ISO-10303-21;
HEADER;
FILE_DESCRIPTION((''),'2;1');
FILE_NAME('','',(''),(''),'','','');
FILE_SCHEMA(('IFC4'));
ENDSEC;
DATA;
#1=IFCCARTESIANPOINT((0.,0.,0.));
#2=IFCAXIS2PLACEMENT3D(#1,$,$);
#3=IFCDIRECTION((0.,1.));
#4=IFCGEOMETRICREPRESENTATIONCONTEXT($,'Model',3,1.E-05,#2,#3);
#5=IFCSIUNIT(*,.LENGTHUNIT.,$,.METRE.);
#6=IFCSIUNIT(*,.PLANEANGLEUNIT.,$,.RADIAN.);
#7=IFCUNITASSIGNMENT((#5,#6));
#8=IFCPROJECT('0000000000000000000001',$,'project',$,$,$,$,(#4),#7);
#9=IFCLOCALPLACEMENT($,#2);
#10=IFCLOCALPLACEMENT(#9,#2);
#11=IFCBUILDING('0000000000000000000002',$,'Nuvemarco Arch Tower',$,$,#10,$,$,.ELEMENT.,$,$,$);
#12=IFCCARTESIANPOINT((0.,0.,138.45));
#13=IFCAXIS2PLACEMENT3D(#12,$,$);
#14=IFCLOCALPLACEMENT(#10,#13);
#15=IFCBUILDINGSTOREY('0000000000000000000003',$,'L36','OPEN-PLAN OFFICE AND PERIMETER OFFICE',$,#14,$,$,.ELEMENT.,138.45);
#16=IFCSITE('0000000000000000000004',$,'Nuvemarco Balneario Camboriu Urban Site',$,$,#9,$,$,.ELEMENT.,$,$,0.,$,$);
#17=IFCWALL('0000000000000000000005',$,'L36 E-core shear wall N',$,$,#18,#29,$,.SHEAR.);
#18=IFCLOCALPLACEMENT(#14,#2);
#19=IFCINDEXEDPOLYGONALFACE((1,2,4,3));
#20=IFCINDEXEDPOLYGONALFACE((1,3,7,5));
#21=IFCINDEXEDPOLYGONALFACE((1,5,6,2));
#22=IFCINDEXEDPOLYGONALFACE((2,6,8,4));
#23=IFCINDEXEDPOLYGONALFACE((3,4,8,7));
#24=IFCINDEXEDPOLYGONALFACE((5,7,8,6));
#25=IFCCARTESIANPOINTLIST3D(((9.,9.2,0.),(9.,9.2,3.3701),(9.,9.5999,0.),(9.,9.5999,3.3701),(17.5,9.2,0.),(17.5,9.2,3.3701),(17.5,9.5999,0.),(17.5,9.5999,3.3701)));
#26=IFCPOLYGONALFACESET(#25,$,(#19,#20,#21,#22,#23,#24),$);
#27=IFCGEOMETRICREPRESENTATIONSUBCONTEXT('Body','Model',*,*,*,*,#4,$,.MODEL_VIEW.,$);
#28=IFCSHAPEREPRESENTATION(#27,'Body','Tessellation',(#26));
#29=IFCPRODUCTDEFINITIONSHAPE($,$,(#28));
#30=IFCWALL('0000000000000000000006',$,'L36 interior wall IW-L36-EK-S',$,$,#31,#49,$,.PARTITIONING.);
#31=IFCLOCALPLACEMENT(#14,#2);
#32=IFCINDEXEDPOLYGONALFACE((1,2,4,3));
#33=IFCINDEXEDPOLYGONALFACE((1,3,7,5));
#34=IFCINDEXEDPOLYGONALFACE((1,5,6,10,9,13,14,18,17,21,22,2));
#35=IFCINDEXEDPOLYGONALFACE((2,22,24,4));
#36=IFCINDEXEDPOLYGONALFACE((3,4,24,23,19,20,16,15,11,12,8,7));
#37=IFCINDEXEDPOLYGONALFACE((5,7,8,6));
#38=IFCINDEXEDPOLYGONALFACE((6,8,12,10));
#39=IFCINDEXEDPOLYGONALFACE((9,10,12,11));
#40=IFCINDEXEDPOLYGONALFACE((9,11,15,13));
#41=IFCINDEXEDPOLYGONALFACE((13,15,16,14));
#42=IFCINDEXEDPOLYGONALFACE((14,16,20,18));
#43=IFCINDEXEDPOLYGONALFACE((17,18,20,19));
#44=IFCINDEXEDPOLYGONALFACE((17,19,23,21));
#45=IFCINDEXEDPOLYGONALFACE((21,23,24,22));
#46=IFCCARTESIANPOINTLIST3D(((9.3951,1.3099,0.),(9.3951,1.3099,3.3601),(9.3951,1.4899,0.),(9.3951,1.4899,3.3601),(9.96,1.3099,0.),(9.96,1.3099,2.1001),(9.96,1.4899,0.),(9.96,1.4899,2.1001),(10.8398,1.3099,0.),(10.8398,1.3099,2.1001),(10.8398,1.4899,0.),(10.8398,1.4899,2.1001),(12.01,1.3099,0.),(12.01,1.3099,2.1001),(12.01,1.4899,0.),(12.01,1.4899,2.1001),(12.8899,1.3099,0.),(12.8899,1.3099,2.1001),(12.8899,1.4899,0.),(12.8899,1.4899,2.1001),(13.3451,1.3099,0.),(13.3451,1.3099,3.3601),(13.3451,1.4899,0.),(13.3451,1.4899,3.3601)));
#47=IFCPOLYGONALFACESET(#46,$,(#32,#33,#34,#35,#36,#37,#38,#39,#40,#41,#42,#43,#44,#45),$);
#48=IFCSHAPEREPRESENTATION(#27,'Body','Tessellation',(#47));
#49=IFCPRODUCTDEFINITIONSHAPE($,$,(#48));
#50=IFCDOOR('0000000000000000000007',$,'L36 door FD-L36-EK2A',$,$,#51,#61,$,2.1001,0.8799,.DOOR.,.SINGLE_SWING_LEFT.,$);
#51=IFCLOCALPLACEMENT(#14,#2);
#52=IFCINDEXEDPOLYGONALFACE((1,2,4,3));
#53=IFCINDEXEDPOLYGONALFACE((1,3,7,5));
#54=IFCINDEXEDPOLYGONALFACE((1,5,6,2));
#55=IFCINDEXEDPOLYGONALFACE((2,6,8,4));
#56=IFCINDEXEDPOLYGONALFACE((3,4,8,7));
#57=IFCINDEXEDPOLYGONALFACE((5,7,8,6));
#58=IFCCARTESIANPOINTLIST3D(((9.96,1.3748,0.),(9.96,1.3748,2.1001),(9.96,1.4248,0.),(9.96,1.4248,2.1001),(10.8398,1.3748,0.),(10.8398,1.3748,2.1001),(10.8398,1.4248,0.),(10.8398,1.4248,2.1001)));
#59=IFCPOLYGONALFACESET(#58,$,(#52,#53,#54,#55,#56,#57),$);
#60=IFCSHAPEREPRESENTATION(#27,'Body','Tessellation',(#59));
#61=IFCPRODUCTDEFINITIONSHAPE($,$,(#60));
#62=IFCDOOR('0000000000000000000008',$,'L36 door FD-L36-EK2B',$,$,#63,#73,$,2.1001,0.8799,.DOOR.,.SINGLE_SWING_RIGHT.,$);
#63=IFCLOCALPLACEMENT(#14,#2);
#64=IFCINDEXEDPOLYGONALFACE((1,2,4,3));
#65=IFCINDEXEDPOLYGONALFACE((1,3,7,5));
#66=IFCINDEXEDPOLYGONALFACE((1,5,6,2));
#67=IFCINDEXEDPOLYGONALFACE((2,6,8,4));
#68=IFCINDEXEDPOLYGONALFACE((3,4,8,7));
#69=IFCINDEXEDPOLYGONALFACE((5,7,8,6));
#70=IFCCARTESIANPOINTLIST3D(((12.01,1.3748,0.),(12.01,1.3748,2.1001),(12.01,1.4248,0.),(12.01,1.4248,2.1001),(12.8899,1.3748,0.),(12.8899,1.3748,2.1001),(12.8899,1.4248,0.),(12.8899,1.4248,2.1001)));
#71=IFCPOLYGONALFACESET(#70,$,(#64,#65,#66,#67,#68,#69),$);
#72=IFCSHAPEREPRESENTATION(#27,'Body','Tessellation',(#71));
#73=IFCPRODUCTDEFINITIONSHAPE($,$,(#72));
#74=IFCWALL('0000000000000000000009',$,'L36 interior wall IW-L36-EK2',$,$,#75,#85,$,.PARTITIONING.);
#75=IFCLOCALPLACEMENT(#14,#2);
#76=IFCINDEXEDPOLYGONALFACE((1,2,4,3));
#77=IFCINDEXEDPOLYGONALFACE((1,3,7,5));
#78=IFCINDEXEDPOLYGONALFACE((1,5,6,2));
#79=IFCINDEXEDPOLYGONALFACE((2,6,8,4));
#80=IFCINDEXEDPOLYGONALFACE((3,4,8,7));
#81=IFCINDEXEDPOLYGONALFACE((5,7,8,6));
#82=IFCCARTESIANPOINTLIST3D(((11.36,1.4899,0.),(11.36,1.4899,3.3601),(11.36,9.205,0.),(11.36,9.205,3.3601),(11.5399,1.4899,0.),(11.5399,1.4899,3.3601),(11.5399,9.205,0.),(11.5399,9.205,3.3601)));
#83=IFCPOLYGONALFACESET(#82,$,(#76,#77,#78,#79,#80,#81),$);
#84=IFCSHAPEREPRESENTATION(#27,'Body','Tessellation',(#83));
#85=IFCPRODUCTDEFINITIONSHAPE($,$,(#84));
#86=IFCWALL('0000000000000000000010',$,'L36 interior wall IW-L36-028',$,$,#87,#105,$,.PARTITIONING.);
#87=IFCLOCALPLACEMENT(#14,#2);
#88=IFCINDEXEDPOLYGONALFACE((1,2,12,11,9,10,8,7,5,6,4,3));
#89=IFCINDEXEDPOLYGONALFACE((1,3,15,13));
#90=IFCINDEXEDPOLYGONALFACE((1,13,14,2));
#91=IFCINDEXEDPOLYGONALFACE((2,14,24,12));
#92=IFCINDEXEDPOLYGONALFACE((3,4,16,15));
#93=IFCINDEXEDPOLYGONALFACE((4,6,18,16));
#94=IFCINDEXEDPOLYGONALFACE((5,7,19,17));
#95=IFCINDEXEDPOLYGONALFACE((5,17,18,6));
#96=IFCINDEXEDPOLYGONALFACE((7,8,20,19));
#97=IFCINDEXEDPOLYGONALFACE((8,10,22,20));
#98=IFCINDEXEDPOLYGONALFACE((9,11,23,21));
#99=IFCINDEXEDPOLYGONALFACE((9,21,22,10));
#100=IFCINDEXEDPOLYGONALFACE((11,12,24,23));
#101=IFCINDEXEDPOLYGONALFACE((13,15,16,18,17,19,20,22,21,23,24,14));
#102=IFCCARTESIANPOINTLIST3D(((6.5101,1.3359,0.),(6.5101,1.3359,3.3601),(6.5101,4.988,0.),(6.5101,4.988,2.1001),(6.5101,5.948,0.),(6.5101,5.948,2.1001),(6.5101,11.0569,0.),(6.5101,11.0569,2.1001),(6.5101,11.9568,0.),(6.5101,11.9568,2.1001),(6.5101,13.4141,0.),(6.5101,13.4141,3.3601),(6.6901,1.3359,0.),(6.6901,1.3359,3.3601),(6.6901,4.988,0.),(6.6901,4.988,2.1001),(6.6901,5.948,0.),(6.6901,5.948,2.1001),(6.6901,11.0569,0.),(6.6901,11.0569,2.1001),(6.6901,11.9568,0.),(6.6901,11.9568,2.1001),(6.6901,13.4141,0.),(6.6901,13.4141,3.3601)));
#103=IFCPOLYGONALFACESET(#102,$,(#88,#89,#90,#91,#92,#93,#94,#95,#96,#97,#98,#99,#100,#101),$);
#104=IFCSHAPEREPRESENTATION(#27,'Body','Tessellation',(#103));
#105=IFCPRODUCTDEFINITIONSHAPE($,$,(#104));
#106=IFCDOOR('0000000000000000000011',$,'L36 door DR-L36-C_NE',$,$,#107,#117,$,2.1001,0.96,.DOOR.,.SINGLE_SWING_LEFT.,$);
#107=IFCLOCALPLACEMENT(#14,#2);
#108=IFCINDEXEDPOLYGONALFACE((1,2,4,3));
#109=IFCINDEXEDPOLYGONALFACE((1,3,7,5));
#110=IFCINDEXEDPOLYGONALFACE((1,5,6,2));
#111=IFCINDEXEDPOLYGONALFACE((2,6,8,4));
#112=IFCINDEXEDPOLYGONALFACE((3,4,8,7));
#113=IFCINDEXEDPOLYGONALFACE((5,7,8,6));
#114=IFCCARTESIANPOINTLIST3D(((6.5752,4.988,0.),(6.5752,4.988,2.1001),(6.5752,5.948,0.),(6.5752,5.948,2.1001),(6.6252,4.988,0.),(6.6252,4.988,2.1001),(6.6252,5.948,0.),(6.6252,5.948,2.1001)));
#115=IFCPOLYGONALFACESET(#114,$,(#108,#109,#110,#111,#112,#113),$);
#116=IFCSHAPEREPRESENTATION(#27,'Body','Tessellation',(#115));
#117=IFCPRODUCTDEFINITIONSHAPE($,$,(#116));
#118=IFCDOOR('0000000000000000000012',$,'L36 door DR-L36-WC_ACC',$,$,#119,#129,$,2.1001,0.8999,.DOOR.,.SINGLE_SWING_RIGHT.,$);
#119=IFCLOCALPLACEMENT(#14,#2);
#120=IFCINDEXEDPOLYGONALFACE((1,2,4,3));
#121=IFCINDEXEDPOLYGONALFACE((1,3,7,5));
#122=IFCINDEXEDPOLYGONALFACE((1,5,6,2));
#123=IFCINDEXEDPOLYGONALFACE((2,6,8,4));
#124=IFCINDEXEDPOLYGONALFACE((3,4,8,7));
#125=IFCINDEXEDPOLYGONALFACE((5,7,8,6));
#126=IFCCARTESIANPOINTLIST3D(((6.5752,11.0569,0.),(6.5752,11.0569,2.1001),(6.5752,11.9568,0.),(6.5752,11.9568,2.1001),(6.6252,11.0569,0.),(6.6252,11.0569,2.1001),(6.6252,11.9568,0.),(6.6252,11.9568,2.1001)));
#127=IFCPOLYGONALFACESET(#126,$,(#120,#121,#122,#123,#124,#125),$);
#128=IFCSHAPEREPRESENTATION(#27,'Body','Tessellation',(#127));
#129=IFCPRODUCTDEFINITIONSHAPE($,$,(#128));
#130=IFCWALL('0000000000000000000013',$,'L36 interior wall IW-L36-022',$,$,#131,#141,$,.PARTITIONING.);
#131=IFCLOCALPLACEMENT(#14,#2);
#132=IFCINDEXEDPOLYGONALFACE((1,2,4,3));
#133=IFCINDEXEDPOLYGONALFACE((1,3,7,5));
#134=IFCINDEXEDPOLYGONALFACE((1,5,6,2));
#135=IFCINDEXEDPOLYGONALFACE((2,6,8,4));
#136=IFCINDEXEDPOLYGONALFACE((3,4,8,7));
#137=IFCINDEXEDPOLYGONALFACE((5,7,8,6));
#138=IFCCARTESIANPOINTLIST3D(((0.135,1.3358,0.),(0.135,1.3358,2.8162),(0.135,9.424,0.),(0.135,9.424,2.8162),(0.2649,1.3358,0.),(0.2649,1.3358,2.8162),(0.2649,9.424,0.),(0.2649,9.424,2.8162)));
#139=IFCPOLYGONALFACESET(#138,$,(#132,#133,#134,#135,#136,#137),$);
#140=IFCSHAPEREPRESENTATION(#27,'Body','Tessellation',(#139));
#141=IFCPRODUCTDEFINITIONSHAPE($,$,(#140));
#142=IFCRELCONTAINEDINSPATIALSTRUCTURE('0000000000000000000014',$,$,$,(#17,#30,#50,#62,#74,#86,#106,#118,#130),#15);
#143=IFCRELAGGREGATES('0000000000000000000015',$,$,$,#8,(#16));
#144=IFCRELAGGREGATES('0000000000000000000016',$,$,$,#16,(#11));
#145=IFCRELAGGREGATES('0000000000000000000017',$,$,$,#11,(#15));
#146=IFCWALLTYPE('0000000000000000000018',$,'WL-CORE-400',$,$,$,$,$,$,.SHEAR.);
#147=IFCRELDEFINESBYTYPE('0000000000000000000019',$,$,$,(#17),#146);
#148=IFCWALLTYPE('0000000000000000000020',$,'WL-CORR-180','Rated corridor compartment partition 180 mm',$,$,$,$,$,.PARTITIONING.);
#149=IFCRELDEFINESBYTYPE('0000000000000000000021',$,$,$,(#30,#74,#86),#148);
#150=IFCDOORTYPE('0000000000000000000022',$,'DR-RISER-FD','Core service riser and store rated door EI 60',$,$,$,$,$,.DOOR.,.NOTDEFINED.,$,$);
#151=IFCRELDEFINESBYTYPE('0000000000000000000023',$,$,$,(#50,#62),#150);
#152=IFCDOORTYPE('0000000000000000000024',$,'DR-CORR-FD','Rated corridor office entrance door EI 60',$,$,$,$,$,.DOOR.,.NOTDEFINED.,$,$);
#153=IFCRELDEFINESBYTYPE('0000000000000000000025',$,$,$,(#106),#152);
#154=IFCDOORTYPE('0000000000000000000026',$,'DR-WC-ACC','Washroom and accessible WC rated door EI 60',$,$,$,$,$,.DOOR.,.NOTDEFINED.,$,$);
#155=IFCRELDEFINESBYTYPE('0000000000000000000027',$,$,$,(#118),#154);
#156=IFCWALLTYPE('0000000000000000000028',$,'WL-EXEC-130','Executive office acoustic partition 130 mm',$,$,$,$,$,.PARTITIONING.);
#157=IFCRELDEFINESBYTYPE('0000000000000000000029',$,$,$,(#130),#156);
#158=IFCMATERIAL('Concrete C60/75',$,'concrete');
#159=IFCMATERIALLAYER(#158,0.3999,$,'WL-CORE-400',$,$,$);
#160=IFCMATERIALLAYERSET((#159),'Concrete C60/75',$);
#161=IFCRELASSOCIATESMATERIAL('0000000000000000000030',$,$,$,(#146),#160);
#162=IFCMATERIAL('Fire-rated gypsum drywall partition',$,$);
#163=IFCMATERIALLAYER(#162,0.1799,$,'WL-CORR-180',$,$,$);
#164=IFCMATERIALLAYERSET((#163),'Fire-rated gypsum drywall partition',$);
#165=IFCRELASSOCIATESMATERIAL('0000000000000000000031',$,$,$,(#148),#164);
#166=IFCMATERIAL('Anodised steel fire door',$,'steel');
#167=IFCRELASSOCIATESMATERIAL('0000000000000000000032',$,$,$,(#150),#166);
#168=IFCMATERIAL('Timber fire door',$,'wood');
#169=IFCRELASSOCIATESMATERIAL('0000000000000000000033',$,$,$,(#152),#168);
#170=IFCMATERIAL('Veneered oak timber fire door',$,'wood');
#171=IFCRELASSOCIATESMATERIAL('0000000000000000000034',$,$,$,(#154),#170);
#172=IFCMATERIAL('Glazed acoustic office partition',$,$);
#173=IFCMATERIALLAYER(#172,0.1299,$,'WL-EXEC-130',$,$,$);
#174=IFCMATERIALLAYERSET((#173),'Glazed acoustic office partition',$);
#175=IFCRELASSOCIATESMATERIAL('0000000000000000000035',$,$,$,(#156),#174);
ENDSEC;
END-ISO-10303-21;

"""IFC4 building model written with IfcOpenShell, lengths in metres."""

from ifc_helpers import new_model, si_unit, direction, frame, frame_2d, origin, place, context, subcontext, project, spatial, rectangle, extrude, source, transform, mapped, material, layer, layer_set, type_object, type_shapes, element, fill, save


model = new_model("IFC4")

# Units and contexts
model_context = context("Model", 3, precision=1e-05, world=origin(), true_north=direction((0.0, 1.0)))
body_context = subcontext(model_context, "Body", "Model", "MODEL_VIEW")
ifc_project = project(units=[si_unit("LENGTHUNIT", "METRE"), si_unit("PLANEANGLEUNIT", "RADIAN")], contexts=[model_context])

# Site, building, storey
site_placement = place(None, origin())
site = spatial("IfcSite", under=ifc_project, at=site_placement, Name="Nuvemarco Balneario Camboriu Urban Site", CompositionType="ELEMENT", RefElevation=0.0)
building_placement = place(site_placement, origin())
building = spatial("IfcBuilding", under=site, at=building_placement, Name="Nuvemarco Arch Tower", CompositionType="ELEMENT")
storey_placement = place(building_placement, frame((0.0, 0.0, 138.45)))
storey = spatial("IfcBuildingStorey", under=building, at=storey_placement, Name="L36", Description="OPEN-PLAN OFFICE AND PERIMETER OFFICE", CompositionType="ELEMENT", Elevation=138.45)

# Shared definitions
ifc_material_1 = material(Name="Concrete C60/75", Category="concrete")

# Wall
ifc_layer_1 = layer(ifc_material_1, 0.3999, Name="WL-CORE-400")
ifc_layer_set_1 = layer_set([ifc_layer_1], Name="Concrete C60/75")
wall_type_1 = type_object("IfcWallType", Name="WL-CORE-400", PredefinedType="SHEAR", material=ifc_layer_set_1)
wall_1_placement = place(storey_placement, frame((9.0, 9.3999, 0.0), z_axis=(0.0, 0.0, 1.0), x_axis=(1.0, 0.0, 0.0)))
element("IfcWall", 1, at=wall_1_placement, inside=storey, type_object=wall_type_1, Name="L36 E-core shear wall N", PredefinedType="SHEAR", context=body_context, shape_type="SweptSolid", body=[
    extrude(rectangle(XDim=8.5, YDim=0.3999, at=frame_2d((4.25, 0.0))), origin(), (0.0, 0.0, 1.0), 3.3701),
])

# Wall, openings, doors
ifc_material_2 = material(Name="Fire-rated gypsum drywall partition")
ifc_layer_2 = layer(ifc_material_2, 0.1799, Name="WL-CORR-180")
ifc_layer_set_2 = layer_set([ifc_layer_2], Name="Fire-rated gypsum drywall partition")
wall_type_2 = type_object("IfcWallType", Name="WL-CORR-180", Description="Rated corridor compartment partition 180 mm", PredefinedType="PARTITIONING", material=ifc_layer_set_2)
wall_2_placement = place(storey_placement, frame((9.395, 1.3999, 0.0), z_axis=(0.0, 0.0, 1.0), x_axis=(1.0, 0.0, 0.0)))
wall_2 = element("IfcWall", 2, at=wall_2_placement, inside=storey, type_object=wall_type_2, Name="L36 interior wall IW-L36-EK-S", PredefinedType="PARTITIONING", context=body_context, shape_type="SweptSolid", body=[
    extrude(rectangle(XDim=3.95, YDim=0.1799, at=frame_2d((1.9751, 0.0))), origin(), (0.0, 0.0, 1.0), 3.3601),
])
opening_1_placement = place(wall_2_placement, frame((0.5649, 0.0, 0.0)))
opening_1 = element("IfcOpeningElement", 3, at=opening_1_placement, cuts=wall_2, PredefinedType="OPENING", context=body_context, shape_type="SweptSolid", body=[
    extrude(rectangle(XDim=0.8799, YDim=2.1001, at=frame_2d((0.4399, 1.05))), frame((0.0, 0.0999, 0.0), z_axis=(0.0, -1.0, 0.0), x_axis=(1.0, 0.0, 0.0)), (0.0, 0.0, 1.0), 0.2),
])
opening_2_placement = place(wall_2_placement, frame((2.615, 0.0, 0.0)))
opening_2 = element("IfcOpeningElement", 4, at=opening_2_placement, cuts=wall_2, PredefinedType="OPENING", context=body_context, shape_type="SweptSolid", body=[
    extrude(rectangle(XDim=0.8799, YDim=2.1001, at=frame_2d((0.4399, 1.05))), frame((0.0, 0.0999, 0.0), z_axis=(0.0, -1.0, 0.0), x_axis=(1.0, 0.0, 0.0)), (0.0, 0.0, 1.0), 0.2),
])
ifc_material_3 = material(Name="Anodised steel fire door", Category="steel")
door_type_1 = type_object("IfcDoorType", Name="DR-RISER-FD", Description="Core service riser and store rated door EI 60", OperationType="NOTDEFINED", PredefinedType="DOOR", material=ifc_material_3)
shared_shape_1 = source(origin(), body_context, "Body", "SweptSolid", [
    extrude(rectangle(XDim=0.8799, YDim=2.1001, at=frame_2d((0.4399, 1.05))), frame((0.0, 0.0249, 0.0), z_axis=(0.0, -1.0, 0.0), x_axis=(1.0, 0.0, 0.0)), (0.0, 0.0, 1.0), 0.05),
])
type_shapes(door_type_1, [shared_shape_1])
door_1_placement = place(opening_1_placement, origin())
door_1 = element("IfcDoor", 5, at=door_1_placement, inside=storey, type_object=door_type_1, Name="L36 door FD-L36-EK2A", OperationType="SINGLE_SWING_LEFT", OverallHeight=2.1001, OverallWidth=0.8799, PredefinedType="DOOR", context=body_context, shape_type="MappedRepresentation", body=[
    mapped(shared_shape_1, transform((0.0, 0.0, 0.0), scale=1.0)),
])
fill(opening_1, door_1)
door_2_placement = place(opening_2_placement, origin())
door_2 = element("IfcDoor", 6, at=door_2_placement, inside=storey, type_object=door_type_1, Name="L36 door FD-L36-EK2B", OperationType="SINGLE_SWING_RIGHT", OverallHeight=2.1001, OverallWidth=0.8799, PredefinedType="DOOR", context=body_context, shape_type="MappedRepresentation", body=[
    mapped(shared_shape_1, transform((0.0, 0.0, 0.0), scale=1.0)),
])
fill(opening_2, door_2)

# Wall
wall_3_placement = place(storey_placement, frame((11.45, 1.49, 0.0), z_axis=(0.0, 0.0, 1.0), x_axis=(0.0, 1.0, 0.0)))
element("IfcWall", 7, at=wall_3_placement, inside=storey, type_object=wall_type_2, Name="L36 interior wall IW-L36-EK2", PredefinedType="PARTITIONING", context=body_context, shape_type="SweptSolid", body=[
    extrude(rectangle(XDim=7.7151, YDim=0.1799, at=frame_2d((3.8574, 0.0))), origin(), (0.0, 0.0, 1.0), 3.3601),
])

# Wall, openings, doors
wall_4_placement = place(storey_placement, frame((6.6001, 1.3359, 0.0), z_axis=(0.0, 0.0, 1.0), x_axis=(0.0, 1.0, 0.0)))
wall_4 = element("IfcWall", 8, at=wall_4_placement, inside=storey, type_object=wall_type_2, Name="L36 interior wall IW-L36-028", PredefinedType="PARTITIONING", context=body_context, shape_type="SweptSolid", body=[
    extrude(rectangle(XDim=12.0781, YDim=0.1799, at=frame_2d((6.0391, 0.0))), origin(), (0.0, 0.0, 1.0), 3.3601),
])
opening_3_placement = place(wall_4_placement, frame((3.6521, 0.0, 0.0)))
opening_3 = element("IfcOpeningElement", 9, at=opening_3_placement, cuts=wall_4, PredefinedType="OPENING", context=body_context, shape_type="SweptSolid", body=[
    extrude(rectangle(XDim=0.96, YDim=2.1001, at=frame_2d((0.48, 1.05))), frame((0.0, 0.0999, 0.0), z_axis=(0.0, -1.0, 0.0), x_axis=(1.0, 0.0, 0.0)), (0.0, 0.0, 1.0), 0.2),
])
opening_4_placement = place(wall_4_placement, frame((9.7209, 0.0, 0.0)))
opening_4 = element("IfcOpeningElement", 10, at=opening_4_placement, cuts=wall_4, PredefinedType="OPENING", context=body_context, shape_type="SweptSolid", body=[
    extrude(rectangle(XDim=0.8999, YDim=2.1001, at=frame_2d((0.45, 1.05))), frame((0.0, 0.0999, 0.0), z_axis=(0.0, -1.0, 0.0), x_axis=(1.0, 0.0, 0.0)), (0.0, 0.0, 1.0), 0.2),
])
ifc_material_4 = material(Name="Timber fire door", Category="wood")
door_type_2 = type_object("IfcDoorType", Name="DR-CORR-FD", Description="Rated corridor office entrance door EI 60", OperationType="NOTDEFINED", PredefinedType="DOOR", material=ifc_material_4)
shared_shape_2 = source(origin(), body_context, "Body", "SweptSolid", [
    extrude(rectangle(XDim=0.96, YDim=2.1001, at=frame_2d((0.48, 1.05))), frame((0.0, 0.0249, 0.0), z_axis=(0.0, -1.0, 0.0), x_axis=(1.0, 0.0, 0.0)), (0.0, 0.0, 1.0), 0.05),
])
type_shapes(door_type_2, [shared_shape_2])
door_3_placement = place(opening_3_placement, origin())
door_3 = element("IfcDoor", 11, at=door_3_placement, inside=storey, type_object=door_type_2, Name="L36 door DR-L36-C_NE", OperationType="SINGLE_SWING_LEFT", OverallHeight=2.1001, OverallWidth=0.96, PredefinedType="DOOR", context=body_context, shape_type="MappedRepresentation", body=[
    mapped(shared_shape_2, transform((0.0, 0.0, 0.0), scale=1.0)),
])
fill(opening_3, door_3)
ifc_material_5 = material(Name="Veneered oak timber fire door", Category="wood")
door_type_3 = type_object("IfcDoorType", Name="DR-WC-ACC", Description="Washroom and accessible WC rated door EI 60", OperationType="NOTDEFINED", PredefinedType="DOOR", material=ifc_material_5)
shared_shape_3 = source(origin(), body_context, "Body", "SweptSolid", [
    extrude(rectangle(XDim=0.8999, YDim=2.1001, at=frame_2d((0.45, 1.05))), frame((0.0, 0.0249, 0.0), z_axis=(0.0, -1.0, 0.0), x_axis=(1.0, 0.0, 0.0)), (0.0, 0.0, 1.0), 0.05),
])
type_shapes(door_type_3, [shared_shape_3])
door_4_placement = place(opening_4_placement, origin())
door_4 = element("IfcDoor", 12, at=door_4_placement, inside=storey, type_object=door_type_3, Name="L36 door DR-L36-WC_ACC", OperationType="SINGLE_SWING_RIGHT", OverallHeight=2.1001, OverallWidth=0.8999, PredefinedType="DOOR", context=body_context, shape_type="MappedRepresentation", body=[
    mapped(shared_shape_3, transform((0.0, 0.0, 0.0), scale=1.0)),
])
fill(opening_4, door_4)

# Wall
ifc_material_6 = material(Name="Glazed acoustic office partition")
ifc_layer_3 = layer(ifc_material_6, 0.1299, Name="WL-EXEC-130")
ifc_layer_set_3 = layer_set([ifc_layer_3], Name="Glazed acoustic office partition")
wall_type_3 = type_object("IfcWallType", Name="WL-EXEC-130", Description="Executive office acoustic partition 130 mm", PredefinedType="PARTITIONING", material=ifc_layer_set_3)
wall_5_placement = place(storey_placement, frame((0.2, 1.3359, 0.0), z_axis=(0.0, 0.0, 1.0), x_axis=(0.0, 1.0, 0.0)))
element("IfcWall", 13, at=wall_5_placement, inside=storey, type_object=wall_type_3, Name="L36 interior wall IW-L36-022", PredefinedType="PARTITIONING", context=body_context, shape_type="SweptSolid", body=[
    extrude(rectangle(XDim=8.0881, YDim=0.1299, at=frame_2d((4.0439, 0.0))), origin(), (0.0, 0.0, 1.0), 2.8162),
])

save(model, "model.ifc")
